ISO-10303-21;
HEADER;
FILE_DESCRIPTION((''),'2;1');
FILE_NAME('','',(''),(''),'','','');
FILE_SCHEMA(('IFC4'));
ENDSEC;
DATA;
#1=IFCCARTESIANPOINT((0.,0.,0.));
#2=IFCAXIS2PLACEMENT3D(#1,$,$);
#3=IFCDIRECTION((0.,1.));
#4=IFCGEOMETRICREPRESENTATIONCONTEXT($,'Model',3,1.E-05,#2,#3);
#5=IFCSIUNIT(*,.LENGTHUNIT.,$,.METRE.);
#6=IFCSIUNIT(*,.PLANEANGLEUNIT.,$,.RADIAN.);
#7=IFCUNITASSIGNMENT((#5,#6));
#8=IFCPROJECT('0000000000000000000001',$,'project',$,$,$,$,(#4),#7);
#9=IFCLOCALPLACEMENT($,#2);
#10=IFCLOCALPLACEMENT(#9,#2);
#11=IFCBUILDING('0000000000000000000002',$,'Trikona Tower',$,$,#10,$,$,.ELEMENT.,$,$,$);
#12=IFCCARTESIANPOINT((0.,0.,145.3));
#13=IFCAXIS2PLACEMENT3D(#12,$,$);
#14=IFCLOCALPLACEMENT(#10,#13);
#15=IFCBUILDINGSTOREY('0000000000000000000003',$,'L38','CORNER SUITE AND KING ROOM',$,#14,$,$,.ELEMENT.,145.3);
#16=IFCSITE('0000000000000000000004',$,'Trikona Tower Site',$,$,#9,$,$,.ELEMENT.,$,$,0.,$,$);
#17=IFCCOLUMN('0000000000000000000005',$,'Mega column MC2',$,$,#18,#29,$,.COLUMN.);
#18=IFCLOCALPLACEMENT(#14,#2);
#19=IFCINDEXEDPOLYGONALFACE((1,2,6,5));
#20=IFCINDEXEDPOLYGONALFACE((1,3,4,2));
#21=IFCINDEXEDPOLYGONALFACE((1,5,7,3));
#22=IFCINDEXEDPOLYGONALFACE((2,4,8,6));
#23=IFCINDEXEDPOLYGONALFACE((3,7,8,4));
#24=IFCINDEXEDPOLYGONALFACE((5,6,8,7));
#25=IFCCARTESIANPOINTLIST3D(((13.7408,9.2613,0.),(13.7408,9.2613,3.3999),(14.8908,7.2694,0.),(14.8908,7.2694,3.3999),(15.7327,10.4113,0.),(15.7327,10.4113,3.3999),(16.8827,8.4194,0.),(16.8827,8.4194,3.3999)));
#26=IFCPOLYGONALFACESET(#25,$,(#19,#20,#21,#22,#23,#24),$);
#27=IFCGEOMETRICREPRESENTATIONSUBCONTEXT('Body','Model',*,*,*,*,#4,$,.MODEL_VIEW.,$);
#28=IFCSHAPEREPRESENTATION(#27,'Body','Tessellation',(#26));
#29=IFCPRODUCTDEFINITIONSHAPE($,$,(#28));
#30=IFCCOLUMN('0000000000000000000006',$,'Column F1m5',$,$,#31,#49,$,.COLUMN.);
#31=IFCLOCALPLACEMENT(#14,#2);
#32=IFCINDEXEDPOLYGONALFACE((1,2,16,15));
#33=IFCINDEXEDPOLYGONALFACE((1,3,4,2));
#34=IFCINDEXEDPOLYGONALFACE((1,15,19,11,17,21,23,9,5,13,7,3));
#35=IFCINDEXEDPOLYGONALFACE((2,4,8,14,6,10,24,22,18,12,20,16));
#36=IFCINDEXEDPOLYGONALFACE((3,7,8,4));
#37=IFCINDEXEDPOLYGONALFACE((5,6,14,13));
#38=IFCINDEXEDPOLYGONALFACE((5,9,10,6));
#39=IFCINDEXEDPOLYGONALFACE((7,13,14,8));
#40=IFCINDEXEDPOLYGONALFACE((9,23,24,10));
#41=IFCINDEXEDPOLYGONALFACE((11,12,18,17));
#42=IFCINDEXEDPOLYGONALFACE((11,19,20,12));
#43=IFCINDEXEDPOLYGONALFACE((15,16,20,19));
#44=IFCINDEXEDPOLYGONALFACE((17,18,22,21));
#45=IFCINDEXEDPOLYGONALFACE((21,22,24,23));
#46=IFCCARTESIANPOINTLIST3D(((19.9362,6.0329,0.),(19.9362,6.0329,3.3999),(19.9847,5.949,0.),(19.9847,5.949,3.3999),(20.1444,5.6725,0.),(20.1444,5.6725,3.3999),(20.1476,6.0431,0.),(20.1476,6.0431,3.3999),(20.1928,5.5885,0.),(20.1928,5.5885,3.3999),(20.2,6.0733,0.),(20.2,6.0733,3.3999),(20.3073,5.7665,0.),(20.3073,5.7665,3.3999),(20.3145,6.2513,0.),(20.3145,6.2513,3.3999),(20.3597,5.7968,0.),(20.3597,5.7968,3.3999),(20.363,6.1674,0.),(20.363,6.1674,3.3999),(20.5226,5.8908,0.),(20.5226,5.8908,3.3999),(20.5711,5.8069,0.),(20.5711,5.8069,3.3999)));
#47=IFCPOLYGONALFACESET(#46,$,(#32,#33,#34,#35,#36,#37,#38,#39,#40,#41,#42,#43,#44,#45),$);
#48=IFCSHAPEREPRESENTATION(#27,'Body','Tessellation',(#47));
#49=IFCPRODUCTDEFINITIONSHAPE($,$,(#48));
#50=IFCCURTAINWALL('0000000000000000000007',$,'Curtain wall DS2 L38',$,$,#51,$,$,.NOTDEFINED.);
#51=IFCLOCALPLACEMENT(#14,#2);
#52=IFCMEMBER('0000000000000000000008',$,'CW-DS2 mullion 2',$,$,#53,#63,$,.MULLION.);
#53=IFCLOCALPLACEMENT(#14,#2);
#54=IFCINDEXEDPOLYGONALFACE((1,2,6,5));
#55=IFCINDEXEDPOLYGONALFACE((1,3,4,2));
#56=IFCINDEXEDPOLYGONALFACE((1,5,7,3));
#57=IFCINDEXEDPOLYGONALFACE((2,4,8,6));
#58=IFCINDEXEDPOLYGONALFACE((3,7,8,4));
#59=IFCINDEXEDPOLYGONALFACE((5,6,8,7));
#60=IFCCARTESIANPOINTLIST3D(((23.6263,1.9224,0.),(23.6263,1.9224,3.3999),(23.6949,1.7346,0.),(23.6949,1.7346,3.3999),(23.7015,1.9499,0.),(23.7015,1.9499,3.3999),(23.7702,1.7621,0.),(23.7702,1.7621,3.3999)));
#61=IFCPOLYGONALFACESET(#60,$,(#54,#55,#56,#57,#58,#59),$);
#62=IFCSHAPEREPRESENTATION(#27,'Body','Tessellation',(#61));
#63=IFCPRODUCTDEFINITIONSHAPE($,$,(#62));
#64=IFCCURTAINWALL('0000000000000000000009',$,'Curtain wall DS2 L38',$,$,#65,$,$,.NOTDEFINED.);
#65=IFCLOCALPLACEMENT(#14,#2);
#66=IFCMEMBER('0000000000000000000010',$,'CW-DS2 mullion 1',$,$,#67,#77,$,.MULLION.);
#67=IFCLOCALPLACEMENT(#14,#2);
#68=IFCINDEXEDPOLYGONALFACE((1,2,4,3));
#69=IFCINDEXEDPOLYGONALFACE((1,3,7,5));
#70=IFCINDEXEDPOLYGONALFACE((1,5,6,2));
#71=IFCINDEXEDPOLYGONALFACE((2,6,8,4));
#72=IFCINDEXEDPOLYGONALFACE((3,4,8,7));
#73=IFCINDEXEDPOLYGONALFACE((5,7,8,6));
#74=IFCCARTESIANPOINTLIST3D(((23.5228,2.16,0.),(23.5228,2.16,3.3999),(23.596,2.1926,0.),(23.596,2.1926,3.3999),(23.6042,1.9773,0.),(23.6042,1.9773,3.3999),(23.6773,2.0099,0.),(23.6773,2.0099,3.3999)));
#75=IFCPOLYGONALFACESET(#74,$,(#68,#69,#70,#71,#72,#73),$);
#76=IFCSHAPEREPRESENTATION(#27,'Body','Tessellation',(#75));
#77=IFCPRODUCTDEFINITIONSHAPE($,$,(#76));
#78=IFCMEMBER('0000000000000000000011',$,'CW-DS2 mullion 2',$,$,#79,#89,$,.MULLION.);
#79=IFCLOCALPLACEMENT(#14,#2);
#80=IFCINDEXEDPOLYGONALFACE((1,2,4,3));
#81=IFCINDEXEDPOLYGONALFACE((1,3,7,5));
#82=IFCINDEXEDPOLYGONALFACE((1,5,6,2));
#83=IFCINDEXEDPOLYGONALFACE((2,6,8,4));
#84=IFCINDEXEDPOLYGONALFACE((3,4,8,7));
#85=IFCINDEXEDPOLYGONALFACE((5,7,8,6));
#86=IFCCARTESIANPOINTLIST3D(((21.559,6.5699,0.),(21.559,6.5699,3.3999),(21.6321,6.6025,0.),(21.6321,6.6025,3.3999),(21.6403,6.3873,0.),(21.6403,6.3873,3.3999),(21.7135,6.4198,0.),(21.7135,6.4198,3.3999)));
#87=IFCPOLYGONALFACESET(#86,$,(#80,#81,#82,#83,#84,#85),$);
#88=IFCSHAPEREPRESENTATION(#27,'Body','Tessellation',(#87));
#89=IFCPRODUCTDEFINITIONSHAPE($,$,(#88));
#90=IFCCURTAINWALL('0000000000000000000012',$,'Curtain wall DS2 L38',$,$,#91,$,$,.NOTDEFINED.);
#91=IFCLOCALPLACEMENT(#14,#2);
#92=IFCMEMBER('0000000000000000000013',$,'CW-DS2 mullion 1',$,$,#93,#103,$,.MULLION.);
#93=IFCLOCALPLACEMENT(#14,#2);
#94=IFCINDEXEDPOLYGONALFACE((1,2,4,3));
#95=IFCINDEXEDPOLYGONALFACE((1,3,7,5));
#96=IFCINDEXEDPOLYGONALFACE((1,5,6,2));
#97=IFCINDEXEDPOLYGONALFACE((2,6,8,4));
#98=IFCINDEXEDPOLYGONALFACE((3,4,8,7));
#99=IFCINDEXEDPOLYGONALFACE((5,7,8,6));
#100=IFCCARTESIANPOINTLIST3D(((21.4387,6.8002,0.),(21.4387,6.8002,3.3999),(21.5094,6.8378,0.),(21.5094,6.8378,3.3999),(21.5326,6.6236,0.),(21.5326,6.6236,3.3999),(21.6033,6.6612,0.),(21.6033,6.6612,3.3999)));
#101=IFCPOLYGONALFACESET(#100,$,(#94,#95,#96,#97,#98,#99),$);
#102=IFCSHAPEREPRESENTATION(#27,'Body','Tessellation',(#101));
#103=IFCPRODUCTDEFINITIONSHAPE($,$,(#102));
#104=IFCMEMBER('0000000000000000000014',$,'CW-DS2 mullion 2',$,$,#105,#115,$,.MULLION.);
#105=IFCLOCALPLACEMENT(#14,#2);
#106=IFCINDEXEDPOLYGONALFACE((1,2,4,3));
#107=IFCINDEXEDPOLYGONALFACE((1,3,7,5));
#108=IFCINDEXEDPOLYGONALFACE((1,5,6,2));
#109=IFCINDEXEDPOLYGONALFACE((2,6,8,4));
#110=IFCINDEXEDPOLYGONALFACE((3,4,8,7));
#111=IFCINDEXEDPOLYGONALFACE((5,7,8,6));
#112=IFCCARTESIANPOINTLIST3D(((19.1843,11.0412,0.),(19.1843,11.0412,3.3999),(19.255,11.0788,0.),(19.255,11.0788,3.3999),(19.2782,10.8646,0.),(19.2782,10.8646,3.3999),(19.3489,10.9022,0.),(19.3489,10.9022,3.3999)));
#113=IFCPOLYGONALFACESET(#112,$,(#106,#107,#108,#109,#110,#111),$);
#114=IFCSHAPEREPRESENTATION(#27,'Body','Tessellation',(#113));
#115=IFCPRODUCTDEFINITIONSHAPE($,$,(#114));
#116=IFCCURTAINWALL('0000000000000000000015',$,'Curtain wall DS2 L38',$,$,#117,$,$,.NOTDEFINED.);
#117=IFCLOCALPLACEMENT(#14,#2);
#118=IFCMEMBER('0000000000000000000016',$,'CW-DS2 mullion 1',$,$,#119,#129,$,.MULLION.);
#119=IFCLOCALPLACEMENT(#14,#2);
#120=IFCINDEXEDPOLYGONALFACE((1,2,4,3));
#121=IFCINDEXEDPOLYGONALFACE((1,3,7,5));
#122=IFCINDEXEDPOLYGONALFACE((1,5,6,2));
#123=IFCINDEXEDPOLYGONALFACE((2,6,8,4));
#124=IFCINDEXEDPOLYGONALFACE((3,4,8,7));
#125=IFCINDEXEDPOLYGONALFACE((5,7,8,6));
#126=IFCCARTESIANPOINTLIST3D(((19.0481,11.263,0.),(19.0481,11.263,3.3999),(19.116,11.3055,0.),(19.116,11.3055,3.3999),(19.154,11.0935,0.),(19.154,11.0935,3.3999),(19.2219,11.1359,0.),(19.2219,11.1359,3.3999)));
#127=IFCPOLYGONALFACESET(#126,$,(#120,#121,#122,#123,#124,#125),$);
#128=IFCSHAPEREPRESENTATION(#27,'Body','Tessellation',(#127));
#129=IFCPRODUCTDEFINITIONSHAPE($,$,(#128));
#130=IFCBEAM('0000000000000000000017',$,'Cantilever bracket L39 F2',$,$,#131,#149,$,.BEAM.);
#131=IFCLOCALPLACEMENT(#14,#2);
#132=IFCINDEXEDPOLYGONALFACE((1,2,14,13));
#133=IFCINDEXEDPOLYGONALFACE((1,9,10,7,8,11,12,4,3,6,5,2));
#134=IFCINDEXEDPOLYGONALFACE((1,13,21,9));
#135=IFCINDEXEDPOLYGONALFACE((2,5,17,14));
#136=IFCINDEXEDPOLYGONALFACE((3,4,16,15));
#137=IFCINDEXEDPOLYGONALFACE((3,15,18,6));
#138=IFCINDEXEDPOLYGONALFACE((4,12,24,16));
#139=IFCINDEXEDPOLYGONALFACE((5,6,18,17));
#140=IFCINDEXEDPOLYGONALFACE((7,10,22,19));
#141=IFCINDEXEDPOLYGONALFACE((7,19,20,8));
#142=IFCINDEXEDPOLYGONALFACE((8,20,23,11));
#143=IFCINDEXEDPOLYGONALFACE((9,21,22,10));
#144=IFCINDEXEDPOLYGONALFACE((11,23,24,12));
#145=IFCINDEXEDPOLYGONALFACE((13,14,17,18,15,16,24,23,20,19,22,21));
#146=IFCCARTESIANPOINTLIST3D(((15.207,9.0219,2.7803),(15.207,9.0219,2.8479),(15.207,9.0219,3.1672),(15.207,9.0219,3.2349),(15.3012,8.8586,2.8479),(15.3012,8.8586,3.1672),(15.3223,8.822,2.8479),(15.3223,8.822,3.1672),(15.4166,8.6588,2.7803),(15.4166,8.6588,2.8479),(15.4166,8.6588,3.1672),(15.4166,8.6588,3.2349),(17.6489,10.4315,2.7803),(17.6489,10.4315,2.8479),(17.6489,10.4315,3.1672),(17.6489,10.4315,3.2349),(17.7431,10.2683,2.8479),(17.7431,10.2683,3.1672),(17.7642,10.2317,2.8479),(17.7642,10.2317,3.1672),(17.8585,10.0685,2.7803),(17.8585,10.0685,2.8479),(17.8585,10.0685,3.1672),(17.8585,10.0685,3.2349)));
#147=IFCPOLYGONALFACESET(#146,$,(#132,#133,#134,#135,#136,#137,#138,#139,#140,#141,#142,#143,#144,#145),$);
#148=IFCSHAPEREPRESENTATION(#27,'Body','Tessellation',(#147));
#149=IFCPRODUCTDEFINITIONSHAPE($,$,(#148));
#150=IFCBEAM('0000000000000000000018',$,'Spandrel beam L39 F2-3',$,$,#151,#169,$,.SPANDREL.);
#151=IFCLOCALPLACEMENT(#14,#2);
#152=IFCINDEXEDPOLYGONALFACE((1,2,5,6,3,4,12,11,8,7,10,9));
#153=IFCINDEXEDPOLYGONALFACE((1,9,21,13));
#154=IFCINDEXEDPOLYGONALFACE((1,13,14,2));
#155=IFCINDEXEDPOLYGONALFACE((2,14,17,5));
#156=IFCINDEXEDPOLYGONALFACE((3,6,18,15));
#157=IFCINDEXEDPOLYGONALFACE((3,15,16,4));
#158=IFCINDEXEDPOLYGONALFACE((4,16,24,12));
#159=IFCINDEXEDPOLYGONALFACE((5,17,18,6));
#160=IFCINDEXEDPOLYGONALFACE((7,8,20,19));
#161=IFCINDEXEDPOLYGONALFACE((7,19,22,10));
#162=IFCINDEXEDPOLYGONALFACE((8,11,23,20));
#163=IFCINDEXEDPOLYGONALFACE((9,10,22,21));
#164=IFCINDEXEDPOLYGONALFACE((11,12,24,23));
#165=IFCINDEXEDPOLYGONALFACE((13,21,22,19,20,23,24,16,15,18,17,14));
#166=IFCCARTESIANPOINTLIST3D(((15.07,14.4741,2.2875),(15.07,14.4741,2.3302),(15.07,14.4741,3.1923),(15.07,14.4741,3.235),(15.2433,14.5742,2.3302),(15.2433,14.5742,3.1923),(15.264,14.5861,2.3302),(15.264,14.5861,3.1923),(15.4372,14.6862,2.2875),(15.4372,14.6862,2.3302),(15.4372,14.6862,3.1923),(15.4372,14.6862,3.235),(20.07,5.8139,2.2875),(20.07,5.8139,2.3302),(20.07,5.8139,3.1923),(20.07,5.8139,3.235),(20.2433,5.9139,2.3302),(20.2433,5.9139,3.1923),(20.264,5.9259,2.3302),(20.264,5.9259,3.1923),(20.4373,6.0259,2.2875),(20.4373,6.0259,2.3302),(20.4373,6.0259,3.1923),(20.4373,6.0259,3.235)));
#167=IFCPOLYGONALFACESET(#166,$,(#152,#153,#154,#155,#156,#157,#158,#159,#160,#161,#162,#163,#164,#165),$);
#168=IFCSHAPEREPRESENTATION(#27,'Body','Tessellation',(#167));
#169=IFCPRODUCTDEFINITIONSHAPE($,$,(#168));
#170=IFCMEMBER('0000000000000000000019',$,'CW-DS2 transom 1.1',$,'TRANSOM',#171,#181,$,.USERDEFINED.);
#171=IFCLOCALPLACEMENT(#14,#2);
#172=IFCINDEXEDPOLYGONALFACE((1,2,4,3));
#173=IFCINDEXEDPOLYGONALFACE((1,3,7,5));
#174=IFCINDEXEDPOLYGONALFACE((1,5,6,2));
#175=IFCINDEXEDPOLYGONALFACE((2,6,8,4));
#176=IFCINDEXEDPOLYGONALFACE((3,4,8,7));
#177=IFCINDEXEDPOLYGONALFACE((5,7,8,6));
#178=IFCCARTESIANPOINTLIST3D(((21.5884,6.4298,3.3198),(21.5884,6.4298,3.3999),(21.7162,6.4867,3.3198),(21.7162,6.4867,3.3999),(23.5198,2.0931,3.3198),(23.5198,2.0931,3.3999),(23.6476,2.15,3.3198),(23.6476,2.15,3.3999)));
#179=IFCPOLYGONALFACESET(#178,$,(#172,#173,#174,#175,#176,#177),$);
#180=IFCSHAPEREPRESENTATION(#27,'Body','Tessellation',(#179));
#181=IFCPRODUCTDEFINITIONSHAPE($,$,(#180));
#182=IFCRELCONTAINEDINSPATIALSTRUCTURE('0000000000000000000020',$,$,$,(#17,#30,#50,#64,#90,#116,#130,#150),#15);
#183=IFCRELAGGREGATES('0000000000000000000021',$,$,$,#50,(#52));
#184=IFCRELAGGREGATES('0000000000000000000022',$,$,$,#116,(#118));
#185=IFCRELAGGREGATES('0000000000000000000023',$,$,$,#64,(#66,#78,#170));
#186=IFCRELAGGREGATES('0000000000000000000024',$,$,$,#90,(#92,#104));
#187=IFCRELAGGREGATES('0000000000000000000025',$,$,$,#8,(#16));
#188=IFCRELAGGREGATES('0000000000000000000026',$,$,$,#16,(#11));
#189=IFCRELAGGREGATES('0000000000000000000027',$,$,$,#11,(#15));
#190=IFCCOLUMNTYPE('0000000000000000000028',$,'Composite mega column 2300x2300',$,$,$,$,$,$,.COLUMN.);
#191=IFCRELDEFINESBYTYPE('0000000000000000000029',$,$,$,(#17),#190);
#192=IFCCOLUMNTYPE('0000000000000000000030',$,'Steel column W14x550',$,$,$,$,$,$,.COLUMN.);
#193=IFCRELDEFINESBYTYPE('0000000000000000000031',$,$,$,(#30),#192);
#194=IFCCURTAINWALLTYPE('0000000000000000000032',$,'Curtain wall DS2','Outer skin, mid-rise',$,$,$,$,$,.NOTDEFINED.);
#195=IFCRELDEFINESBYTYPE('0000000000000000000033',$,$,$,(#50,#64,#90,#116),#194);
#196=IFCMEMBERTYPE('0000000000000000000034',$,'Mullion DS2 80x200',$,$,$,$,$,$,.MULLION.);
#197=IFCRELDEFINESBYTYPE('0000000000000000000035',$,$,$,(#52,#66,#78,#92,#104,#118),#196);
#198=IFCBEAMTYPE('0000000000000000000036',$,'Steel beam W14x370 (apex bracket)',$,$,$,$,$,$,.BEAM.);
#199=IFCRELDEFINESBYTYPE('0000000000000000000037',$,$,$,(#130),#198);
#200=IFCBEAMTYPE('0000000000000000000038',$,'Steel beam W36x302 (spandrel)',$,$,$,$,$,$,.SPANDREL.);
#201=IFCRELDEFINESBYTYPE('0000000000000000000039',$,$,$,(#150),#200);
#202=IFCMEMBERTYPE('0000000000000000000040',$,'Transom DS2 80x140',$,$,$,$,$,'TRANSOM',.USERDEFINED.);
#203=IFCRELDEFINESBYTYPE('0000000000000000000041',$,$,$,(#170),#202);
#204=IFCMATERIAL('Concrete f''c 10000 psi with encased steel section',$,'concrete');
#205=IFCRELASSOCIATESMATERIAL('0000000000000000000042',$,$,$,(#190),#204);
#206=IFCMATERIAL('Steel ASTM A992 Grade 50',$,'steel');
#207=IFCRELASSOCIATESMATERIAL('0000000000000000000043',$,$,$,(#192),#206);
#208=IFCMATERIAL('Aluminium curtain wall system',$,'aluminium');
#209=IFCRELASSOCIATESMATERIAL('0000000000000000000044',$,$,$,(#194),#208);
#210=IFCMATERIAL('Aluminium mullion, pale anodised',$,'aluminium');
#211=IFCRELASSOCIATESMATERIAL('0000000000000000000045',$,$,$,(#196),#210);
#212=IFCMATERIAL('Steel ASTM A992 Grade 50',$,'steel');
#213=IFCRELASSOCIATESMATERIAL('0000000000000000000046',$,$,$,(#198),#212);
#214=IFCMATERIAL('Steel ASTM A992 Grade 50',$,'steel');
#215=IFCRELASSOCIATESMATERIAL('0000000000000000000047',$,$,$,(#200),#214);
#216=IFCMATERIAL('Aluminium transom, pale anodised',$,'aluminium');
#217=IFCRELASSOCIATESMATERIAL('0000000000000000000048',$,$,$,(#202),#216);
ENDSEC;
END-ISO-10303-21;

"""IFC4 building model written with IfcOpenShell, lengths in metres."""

from ifc_helpers import new_model, si_unit, direction, frame, origin, origin_2d, place, context, subcontext, project, spatial, rectangle, i_section, extrude, material, material_profile, profile_set, type_object, element, aggregate, save


model = new_model("IFC4")

# Units and contexts
model_context = context("Model", 3, precision=1e-05, world=origin(), true_north=direction((0.0, 1.0)))
body_context = subcontext(model_context, "Body", "Model", "MODEL_VIEW")
ifc_project = project(units=[si_unit("LENGTHUNIT", "METRE"), si_unit("PLANEANGLEUNIT", "RADIAN")], contexts=[model_context])

# Site, building, storey
site_placement = place(None, origin())
site = spatial("IfcSite", under=ifc_project, at=site_placement, Name="Trikona Tower Site", CompositionType="ELEMENT", RefElevation=0.0)
building_placement = place(site_placement, origin())
building = spatial("IfcBuilding", under=site, at=building_placement, Name="Trikona Tower", CompositionType="ELEMENT")
storey_placement = place(building_placement, frame((0.0, 0.0, 145.3)))
storey = spatial("IfcBuildingStorey", under=building, at=storey_placement, Name="L38", Description="CORNER SUITE AND KING ROOM", CompositionType="ELEMENT", Elevation=145.3)

# Columns
ifc_material_1 = material(Name="Concrete f'c 10000 psi with encased steel section", Category="concrete")
ifc_material_profile_1 = material_profile(ifc_material_1, rectangle(XDim=2.3, YDim=2.3, at=origin_2d()), Name="MC2300")
ifc_profile_set_1 = profile_set([ifc_material_profile_1], Name="Concrete f'c 10000 psi with encased steel section")
column_type_1 = type_object("IfcColumnType", Name="Composite mega column 2300x2300", PredefinedType="COLUMN", material=ifc_profile_set_1)
column_1_placement = place(storey_placement, frame((15.3118, 8.8403, 0.0), z_axis=(0.0, 0.0, 1.0), x_axis=(0.866025, 0.5, 0.0)))
element("IfcColumn", 1, at=column_1_placement, inside=storey, type_object=column_type_1, Name="Mega column MC2", PredefinedType="COLUMN", context=body_context, shape_type="SweptSolid", body=[
    extrude(rectangle(XDim=2.3, YDim=2.3, at=origin_2d()), origin(), (0.0, 0.0, 1.0), 3.3999),
])
ifc_material_2 = material(Name="Steel ASTM A992 Grade 50", Category="steel")
ifc_material_profile_2 = material_profile(ifc_material_2, i_section(OverallWidth=0.4368, OverallDepth=0.5132, WebThickness=0.0605, FlangeThickness=0.0969, at=origin_2d()), Name="W14X550")
ifc_profile_set_2 = profile_set([ifc_material_profile_2], Name="Steel ASTM A992 Grade 50")
column_type_2 = type_object("IfcColumnType", Name="Steel column W14x550", PredefinedType="COLUMN", material=ifc_profile_set_2)
column_2_placement = place(storey_placement, frame((20.2537, 5.9199, 0.0), z_axis=(0.0, 0.0, 1.0), x_axis=(0.866025, 0.5, 0.0)))
element("IfcColumn", 2, at=column_2_placement, inside=storey, type_object=column_type_2, Name="Column F1m5", PredefinedType="COLUMN", context=body_context, shape_type="SweptSolid", body=[
    extrude(i_section(OverallWidth=0.4368, OverallDepth=0.5132, WebThickness=0.0605, FlangeThickness=0.0969, at=origin_2d()), origin(), (0.0, 0.0, 1.0), 3.3999),
])

# Curtain wall, member
ifc_material_3 = material(Name="Aluminium curtain wall system", Category="aluminium")
curtain_wall_type = type_object("IfcCurtainWallType", Name="Curtain wall DS2", Description="Outer skin, mid-rise", PredefinedType="NOTDEFINED", material=ifc_material_3)
curtain_wall_1_placement = place(storey_placement, origin())
curtain_wall_1 = element("IfcCurtainWall", 3, at=curtain_wall_1_placement, inside=storey, type_object=curtain_wall_type, Name="Curtain wall DS2 L38", PredefinedType="NOTDEFINED")
ifc_material_4 = material(Name="Aluminium mullion, pale anodised", Category="aluminium")
ifc_material_profile_3 = material_profile(ifc_material_4, rectangle(XDim=0.0801, YDim=0.2, at=origin_2d()), Name="MUL-DS2")
ifc_profile_set_3 = profile_set([ifc_material_profile_3], Name="Aluminium mullion, pale anodised")
member_type_1 = type_object("IfcMemberType", Name="Mullion DS2 80x200", PredefinedType="MULLION", material=ifc_profile_set_3)
member_1_placement = place(storey_placement, frame((23.6982, 1.8423, 0.0), z_axis=(0.0, 0.0, 1.0), x_axis=(-0.939254, -0.343223, 0.0)))
member_1 = element("IfcMember", 4, at=member_1_placement, type_object=member_type_1, Name="CW-DS2 mullion 2", PredefinedType="MULLION", context=body_context, shape_type="SweptSolid", body=[
    extrude(rectangle(XDim=0.0801, YDim=0.2, at=origin_2d()), origin(), (0.0, 0.0, 1.0), 3.3999),
])
aggregate(curtain_wall_1, [member_1])

# Curtain walls, members
curtain_wall_2_placement = place(storey_placement, origin())
curtain_wall_2 = element("IfcCurtainWall", 5, at=curtain_wall_2_placement, inside=storey, type_object=curtain_wall_type, Name="Curtain wall DS2 L38", PredefinedType="NOTDEFINED")
member_2_placement = place(storey_placement, frame((23.6001, 2.085, 0.0), z_axis=(0.0, 0.0, 1.0), x_axis=(-0.913501, -0.406836, 0.0)))
member_2 = element("IfcMember", 6, at=member_2_placement, type_object=member_type_1, Name="CW-DS2 mullion 1", PredefinedType="MULLION", context=body_context, shape_type="SweptSolid", body=[
    extrude(rectangle(XDim=0.0801, YDim=0.2, at=origin_2d()), origin(), (0.0, 0.0, 1.0), 3.3999),
])
member_3_placement = place(storey_placement, frame((21.6362, 6.4949, 0.0), z_axis=(0.0, 0.0, 1.0), x_axis=(-0.913501, -0.406836, 0.0)))
member_3 = element("IfcMember", 7, at=member_3_placement, type_object=member_type_1, Name="CW-DS2 mullion 2", PredefinedType="MULLION", context=body_context, shape_type="SweptSolid", body=[
    extrude(rectangle(XDim=0.0801, YDim=0.2, at=origin_2d()), origin(), (0.0, 0.0, 1.0), 3.3999),
])
curtain_wall_3_placement = place(storey_placement, origin())
curtain_wall_3 = element("IfcCurtainWall", 8, at=curtain_wall_3_placement, inside=storey, type_object=curtain_wall_type, Name="Curtain wall DS2 L38", PredefinedType="NOTDEFINED")
member_4_placement = place(storey_placement, frame((21.521, 6.7307, 0.0), z_axis=(0.0, 0.0, 1.0), x_axis=(-0.882996, -0.46938, 0.0)))
member_4 = element("IfcMember", 9, at=member_4_placement, type_object=member_type_1, Name="CW-DS2 mullion 1", PredefinedType="MULLION", context=body_context, shape_type="SweptSolid", body=[
    extrude(rectangle(XDim=0.0801, YDim=0.2, at=origin_2d()), origin(), (0.0, 0.0, 1.0), 3.3999),
])
member_5_placement = place(storey_placement, frame((19.2666, 10.9717, 0.0), z_axis=(0.0, 0.0, 1.0), x_axis=(-0.882996, -0.46938, 0.0)))
member_5 = element("IfcMember", 10, at=member_5_placement, type_object=member_type_1, Name="CW-DS2 mullion 2", PredefinedType="MULLION", context=body_context, shape_type="SweptSolid", body=[
    extrude(rectangle(XDim=0.0801, YDim=0.2, at=origin_2d()), origin(), (0.0, 0.0, 1.0), 3.3999),
])

# Curtain wall, member
curtain_wall_4_placement = place(storey_placement, origin())
curtain_wall_4 = element("IfcCurtainWall", 11, at=curtain_wall_4_placement, inside=storey, type_object=curtain_wall_type, Name="Curtain wall DS2 L38", PredefinedType="NOTDEFINED")
member_6_placement = place(storey_placement, frame((19.135, 11.1995, 0.0), z_axis=(0.0, 0.0, 1.0), x_axis=(-0.847998, -0.529999, 0.0)))
member_6 = element("IfcMember", 12, at=member_6_placement, type_object=member_type_1, Name="CW-DS2 mullion 1", PredefinedType="MULLION", context=body_context, shape_type="SweptSolid", body=[
    extrude(rectangle(XDim=0.0801, YDim=0.2, at=origin_2d()), origin(), (0.0, 0.0, 1.0), 3.3999),
])
aggregate(curtain_wall_4, [member_6])

# Beams
ifc_material_5 = material(Name="Steel ASTM A992 Grade 50", Category="steel")
ifc_material_profile_4 = material_profile(ifc_material_5, i_section(OverallWidth=0.4192, OverallDepth=0.4546, WebThickness=0.0422, FlangeThickness=0.0676, at=origin_2d()), Name="W14X370")
ifc_profile_set_4 = profile_set([ifc_material_profile_4], Name="Steel ASTM A992 Grade 50")
beam_type_1 = type_object("IfcBeamType", Name="Steel beam W14x370 (apex bracket)", PredefinedType="BEAM", material=ifc_profile_set_4)
beam_1_placement = place(storey_placement, frame((15.3118, 8.8403, 3.0076), z_axis=(0.86605, 0.499957, 0.0), x_axis=(-0.499957, 0.86605, 0.0)))
element("IfcBeam", 13, at=beam_1_placement, inside=storey, type_object=beam_type_1, Name="Cantilever bracket L39 F2", PredefinedType="BEAM", context=body_context, shape_type="SweptSolid", body=[
    extrude(i_section(OverallWidth=0.4192, OverallDepth=0.4546, WebThickness=0.0422, FlangeThickness=0.0676, at=origin_2d()), origin(), (0.0, 0.0, 1.0), 2.8196),
])
ifc_material_6 = material(Name="Steel ASTM A992 Grade 50", Category="steel")
ifc_material_profile_5 = material_profile(ifc_material_6, i_section(OverallWidth=0.4241, OverallDepth=0.9475, WebThickness=0.0239, FlangeThickness=0.0427, at=origin_2d()), Name="W36X302")
ifc_profile_set_5 = profile_set([ifc_material_profile_5], Name="Steel ASTM A992 Grade 50")
beam_type_2 = type_object("IfcBeamType", Name="Steel beam W36x302 (spandrel)", PredefinedType="SPANDREL", material=ifc_profile_set_5)
beam_2_placement = place(storey_placement, frame((20.2537, 5.9199, 2.7612), z_axis=(-0.500004, 0.866023, 0.0), x_axis=(-0.866023, -0.500004, 0.0)))
element("IfcBeam", 14, at=beam_2_placement, inside=storey, type_object=beam_type_2, Name="Spandrel beam L39 F2-3", PredefinedType="SPANDREL", context=body_context, shape_type="SweptSolid", body=[
    extrude(i_section(OverallWidth=0.4241, OverallDepth=0.9475, WebThickness=0.0239, FlangeThickness=0.0427, at=origin_2d()), origin(), (0.0, 0.0, 1.0), 10.0),
])

# Member
ifc_material_7 = material(Name="Aluminium transom, pale anodised", Category="aluminium")
ifc_material_profile_6 = material_profile(ifc_material_7, rectangle(XDim=0.1399, YDim=0.0801, at=origin_2d()), Name="TRN-DS2")
ifc_profile_set_6 = profile_set([ifc_material_profile_6], Name="Aluminium transom, pale anodised")
member_type_2 = type_object("IfcMemberType", Name="Transom DS2 80x140", ElementType="TRANSOM", PredefinedType="USERDEFINED", material=ifc_profile_set_6)
member_7_placement = place(storey_placement, frame((23.5837, 2.1216, 3.3599), z_axis=(-0.40684, 0.9135, 0.0), x_axis=(-0.9135, -0.40684, 0.0)))
member_7 = element("IfcMember", 15, at=member_7_placement, type_object=member_type_2, Name="CW-DS2 transom 1.1", ObjectType="TRANSOM", PredefinedType="USERDEFINED", context=body_context, shape_type="SweptSolid", body=[
    extrude(rectangle(XDim=0.1399, YDim=0.0801, at=origin_2d()), origin(), (0.0, 0.0, 1.0), 4.7473),
])

aggregate(curtain_wall_2, [member_2, member_3, member_7])
aggregate(curtain_wall_3, [member_4, member_5])

save(model, "model.ifc")
